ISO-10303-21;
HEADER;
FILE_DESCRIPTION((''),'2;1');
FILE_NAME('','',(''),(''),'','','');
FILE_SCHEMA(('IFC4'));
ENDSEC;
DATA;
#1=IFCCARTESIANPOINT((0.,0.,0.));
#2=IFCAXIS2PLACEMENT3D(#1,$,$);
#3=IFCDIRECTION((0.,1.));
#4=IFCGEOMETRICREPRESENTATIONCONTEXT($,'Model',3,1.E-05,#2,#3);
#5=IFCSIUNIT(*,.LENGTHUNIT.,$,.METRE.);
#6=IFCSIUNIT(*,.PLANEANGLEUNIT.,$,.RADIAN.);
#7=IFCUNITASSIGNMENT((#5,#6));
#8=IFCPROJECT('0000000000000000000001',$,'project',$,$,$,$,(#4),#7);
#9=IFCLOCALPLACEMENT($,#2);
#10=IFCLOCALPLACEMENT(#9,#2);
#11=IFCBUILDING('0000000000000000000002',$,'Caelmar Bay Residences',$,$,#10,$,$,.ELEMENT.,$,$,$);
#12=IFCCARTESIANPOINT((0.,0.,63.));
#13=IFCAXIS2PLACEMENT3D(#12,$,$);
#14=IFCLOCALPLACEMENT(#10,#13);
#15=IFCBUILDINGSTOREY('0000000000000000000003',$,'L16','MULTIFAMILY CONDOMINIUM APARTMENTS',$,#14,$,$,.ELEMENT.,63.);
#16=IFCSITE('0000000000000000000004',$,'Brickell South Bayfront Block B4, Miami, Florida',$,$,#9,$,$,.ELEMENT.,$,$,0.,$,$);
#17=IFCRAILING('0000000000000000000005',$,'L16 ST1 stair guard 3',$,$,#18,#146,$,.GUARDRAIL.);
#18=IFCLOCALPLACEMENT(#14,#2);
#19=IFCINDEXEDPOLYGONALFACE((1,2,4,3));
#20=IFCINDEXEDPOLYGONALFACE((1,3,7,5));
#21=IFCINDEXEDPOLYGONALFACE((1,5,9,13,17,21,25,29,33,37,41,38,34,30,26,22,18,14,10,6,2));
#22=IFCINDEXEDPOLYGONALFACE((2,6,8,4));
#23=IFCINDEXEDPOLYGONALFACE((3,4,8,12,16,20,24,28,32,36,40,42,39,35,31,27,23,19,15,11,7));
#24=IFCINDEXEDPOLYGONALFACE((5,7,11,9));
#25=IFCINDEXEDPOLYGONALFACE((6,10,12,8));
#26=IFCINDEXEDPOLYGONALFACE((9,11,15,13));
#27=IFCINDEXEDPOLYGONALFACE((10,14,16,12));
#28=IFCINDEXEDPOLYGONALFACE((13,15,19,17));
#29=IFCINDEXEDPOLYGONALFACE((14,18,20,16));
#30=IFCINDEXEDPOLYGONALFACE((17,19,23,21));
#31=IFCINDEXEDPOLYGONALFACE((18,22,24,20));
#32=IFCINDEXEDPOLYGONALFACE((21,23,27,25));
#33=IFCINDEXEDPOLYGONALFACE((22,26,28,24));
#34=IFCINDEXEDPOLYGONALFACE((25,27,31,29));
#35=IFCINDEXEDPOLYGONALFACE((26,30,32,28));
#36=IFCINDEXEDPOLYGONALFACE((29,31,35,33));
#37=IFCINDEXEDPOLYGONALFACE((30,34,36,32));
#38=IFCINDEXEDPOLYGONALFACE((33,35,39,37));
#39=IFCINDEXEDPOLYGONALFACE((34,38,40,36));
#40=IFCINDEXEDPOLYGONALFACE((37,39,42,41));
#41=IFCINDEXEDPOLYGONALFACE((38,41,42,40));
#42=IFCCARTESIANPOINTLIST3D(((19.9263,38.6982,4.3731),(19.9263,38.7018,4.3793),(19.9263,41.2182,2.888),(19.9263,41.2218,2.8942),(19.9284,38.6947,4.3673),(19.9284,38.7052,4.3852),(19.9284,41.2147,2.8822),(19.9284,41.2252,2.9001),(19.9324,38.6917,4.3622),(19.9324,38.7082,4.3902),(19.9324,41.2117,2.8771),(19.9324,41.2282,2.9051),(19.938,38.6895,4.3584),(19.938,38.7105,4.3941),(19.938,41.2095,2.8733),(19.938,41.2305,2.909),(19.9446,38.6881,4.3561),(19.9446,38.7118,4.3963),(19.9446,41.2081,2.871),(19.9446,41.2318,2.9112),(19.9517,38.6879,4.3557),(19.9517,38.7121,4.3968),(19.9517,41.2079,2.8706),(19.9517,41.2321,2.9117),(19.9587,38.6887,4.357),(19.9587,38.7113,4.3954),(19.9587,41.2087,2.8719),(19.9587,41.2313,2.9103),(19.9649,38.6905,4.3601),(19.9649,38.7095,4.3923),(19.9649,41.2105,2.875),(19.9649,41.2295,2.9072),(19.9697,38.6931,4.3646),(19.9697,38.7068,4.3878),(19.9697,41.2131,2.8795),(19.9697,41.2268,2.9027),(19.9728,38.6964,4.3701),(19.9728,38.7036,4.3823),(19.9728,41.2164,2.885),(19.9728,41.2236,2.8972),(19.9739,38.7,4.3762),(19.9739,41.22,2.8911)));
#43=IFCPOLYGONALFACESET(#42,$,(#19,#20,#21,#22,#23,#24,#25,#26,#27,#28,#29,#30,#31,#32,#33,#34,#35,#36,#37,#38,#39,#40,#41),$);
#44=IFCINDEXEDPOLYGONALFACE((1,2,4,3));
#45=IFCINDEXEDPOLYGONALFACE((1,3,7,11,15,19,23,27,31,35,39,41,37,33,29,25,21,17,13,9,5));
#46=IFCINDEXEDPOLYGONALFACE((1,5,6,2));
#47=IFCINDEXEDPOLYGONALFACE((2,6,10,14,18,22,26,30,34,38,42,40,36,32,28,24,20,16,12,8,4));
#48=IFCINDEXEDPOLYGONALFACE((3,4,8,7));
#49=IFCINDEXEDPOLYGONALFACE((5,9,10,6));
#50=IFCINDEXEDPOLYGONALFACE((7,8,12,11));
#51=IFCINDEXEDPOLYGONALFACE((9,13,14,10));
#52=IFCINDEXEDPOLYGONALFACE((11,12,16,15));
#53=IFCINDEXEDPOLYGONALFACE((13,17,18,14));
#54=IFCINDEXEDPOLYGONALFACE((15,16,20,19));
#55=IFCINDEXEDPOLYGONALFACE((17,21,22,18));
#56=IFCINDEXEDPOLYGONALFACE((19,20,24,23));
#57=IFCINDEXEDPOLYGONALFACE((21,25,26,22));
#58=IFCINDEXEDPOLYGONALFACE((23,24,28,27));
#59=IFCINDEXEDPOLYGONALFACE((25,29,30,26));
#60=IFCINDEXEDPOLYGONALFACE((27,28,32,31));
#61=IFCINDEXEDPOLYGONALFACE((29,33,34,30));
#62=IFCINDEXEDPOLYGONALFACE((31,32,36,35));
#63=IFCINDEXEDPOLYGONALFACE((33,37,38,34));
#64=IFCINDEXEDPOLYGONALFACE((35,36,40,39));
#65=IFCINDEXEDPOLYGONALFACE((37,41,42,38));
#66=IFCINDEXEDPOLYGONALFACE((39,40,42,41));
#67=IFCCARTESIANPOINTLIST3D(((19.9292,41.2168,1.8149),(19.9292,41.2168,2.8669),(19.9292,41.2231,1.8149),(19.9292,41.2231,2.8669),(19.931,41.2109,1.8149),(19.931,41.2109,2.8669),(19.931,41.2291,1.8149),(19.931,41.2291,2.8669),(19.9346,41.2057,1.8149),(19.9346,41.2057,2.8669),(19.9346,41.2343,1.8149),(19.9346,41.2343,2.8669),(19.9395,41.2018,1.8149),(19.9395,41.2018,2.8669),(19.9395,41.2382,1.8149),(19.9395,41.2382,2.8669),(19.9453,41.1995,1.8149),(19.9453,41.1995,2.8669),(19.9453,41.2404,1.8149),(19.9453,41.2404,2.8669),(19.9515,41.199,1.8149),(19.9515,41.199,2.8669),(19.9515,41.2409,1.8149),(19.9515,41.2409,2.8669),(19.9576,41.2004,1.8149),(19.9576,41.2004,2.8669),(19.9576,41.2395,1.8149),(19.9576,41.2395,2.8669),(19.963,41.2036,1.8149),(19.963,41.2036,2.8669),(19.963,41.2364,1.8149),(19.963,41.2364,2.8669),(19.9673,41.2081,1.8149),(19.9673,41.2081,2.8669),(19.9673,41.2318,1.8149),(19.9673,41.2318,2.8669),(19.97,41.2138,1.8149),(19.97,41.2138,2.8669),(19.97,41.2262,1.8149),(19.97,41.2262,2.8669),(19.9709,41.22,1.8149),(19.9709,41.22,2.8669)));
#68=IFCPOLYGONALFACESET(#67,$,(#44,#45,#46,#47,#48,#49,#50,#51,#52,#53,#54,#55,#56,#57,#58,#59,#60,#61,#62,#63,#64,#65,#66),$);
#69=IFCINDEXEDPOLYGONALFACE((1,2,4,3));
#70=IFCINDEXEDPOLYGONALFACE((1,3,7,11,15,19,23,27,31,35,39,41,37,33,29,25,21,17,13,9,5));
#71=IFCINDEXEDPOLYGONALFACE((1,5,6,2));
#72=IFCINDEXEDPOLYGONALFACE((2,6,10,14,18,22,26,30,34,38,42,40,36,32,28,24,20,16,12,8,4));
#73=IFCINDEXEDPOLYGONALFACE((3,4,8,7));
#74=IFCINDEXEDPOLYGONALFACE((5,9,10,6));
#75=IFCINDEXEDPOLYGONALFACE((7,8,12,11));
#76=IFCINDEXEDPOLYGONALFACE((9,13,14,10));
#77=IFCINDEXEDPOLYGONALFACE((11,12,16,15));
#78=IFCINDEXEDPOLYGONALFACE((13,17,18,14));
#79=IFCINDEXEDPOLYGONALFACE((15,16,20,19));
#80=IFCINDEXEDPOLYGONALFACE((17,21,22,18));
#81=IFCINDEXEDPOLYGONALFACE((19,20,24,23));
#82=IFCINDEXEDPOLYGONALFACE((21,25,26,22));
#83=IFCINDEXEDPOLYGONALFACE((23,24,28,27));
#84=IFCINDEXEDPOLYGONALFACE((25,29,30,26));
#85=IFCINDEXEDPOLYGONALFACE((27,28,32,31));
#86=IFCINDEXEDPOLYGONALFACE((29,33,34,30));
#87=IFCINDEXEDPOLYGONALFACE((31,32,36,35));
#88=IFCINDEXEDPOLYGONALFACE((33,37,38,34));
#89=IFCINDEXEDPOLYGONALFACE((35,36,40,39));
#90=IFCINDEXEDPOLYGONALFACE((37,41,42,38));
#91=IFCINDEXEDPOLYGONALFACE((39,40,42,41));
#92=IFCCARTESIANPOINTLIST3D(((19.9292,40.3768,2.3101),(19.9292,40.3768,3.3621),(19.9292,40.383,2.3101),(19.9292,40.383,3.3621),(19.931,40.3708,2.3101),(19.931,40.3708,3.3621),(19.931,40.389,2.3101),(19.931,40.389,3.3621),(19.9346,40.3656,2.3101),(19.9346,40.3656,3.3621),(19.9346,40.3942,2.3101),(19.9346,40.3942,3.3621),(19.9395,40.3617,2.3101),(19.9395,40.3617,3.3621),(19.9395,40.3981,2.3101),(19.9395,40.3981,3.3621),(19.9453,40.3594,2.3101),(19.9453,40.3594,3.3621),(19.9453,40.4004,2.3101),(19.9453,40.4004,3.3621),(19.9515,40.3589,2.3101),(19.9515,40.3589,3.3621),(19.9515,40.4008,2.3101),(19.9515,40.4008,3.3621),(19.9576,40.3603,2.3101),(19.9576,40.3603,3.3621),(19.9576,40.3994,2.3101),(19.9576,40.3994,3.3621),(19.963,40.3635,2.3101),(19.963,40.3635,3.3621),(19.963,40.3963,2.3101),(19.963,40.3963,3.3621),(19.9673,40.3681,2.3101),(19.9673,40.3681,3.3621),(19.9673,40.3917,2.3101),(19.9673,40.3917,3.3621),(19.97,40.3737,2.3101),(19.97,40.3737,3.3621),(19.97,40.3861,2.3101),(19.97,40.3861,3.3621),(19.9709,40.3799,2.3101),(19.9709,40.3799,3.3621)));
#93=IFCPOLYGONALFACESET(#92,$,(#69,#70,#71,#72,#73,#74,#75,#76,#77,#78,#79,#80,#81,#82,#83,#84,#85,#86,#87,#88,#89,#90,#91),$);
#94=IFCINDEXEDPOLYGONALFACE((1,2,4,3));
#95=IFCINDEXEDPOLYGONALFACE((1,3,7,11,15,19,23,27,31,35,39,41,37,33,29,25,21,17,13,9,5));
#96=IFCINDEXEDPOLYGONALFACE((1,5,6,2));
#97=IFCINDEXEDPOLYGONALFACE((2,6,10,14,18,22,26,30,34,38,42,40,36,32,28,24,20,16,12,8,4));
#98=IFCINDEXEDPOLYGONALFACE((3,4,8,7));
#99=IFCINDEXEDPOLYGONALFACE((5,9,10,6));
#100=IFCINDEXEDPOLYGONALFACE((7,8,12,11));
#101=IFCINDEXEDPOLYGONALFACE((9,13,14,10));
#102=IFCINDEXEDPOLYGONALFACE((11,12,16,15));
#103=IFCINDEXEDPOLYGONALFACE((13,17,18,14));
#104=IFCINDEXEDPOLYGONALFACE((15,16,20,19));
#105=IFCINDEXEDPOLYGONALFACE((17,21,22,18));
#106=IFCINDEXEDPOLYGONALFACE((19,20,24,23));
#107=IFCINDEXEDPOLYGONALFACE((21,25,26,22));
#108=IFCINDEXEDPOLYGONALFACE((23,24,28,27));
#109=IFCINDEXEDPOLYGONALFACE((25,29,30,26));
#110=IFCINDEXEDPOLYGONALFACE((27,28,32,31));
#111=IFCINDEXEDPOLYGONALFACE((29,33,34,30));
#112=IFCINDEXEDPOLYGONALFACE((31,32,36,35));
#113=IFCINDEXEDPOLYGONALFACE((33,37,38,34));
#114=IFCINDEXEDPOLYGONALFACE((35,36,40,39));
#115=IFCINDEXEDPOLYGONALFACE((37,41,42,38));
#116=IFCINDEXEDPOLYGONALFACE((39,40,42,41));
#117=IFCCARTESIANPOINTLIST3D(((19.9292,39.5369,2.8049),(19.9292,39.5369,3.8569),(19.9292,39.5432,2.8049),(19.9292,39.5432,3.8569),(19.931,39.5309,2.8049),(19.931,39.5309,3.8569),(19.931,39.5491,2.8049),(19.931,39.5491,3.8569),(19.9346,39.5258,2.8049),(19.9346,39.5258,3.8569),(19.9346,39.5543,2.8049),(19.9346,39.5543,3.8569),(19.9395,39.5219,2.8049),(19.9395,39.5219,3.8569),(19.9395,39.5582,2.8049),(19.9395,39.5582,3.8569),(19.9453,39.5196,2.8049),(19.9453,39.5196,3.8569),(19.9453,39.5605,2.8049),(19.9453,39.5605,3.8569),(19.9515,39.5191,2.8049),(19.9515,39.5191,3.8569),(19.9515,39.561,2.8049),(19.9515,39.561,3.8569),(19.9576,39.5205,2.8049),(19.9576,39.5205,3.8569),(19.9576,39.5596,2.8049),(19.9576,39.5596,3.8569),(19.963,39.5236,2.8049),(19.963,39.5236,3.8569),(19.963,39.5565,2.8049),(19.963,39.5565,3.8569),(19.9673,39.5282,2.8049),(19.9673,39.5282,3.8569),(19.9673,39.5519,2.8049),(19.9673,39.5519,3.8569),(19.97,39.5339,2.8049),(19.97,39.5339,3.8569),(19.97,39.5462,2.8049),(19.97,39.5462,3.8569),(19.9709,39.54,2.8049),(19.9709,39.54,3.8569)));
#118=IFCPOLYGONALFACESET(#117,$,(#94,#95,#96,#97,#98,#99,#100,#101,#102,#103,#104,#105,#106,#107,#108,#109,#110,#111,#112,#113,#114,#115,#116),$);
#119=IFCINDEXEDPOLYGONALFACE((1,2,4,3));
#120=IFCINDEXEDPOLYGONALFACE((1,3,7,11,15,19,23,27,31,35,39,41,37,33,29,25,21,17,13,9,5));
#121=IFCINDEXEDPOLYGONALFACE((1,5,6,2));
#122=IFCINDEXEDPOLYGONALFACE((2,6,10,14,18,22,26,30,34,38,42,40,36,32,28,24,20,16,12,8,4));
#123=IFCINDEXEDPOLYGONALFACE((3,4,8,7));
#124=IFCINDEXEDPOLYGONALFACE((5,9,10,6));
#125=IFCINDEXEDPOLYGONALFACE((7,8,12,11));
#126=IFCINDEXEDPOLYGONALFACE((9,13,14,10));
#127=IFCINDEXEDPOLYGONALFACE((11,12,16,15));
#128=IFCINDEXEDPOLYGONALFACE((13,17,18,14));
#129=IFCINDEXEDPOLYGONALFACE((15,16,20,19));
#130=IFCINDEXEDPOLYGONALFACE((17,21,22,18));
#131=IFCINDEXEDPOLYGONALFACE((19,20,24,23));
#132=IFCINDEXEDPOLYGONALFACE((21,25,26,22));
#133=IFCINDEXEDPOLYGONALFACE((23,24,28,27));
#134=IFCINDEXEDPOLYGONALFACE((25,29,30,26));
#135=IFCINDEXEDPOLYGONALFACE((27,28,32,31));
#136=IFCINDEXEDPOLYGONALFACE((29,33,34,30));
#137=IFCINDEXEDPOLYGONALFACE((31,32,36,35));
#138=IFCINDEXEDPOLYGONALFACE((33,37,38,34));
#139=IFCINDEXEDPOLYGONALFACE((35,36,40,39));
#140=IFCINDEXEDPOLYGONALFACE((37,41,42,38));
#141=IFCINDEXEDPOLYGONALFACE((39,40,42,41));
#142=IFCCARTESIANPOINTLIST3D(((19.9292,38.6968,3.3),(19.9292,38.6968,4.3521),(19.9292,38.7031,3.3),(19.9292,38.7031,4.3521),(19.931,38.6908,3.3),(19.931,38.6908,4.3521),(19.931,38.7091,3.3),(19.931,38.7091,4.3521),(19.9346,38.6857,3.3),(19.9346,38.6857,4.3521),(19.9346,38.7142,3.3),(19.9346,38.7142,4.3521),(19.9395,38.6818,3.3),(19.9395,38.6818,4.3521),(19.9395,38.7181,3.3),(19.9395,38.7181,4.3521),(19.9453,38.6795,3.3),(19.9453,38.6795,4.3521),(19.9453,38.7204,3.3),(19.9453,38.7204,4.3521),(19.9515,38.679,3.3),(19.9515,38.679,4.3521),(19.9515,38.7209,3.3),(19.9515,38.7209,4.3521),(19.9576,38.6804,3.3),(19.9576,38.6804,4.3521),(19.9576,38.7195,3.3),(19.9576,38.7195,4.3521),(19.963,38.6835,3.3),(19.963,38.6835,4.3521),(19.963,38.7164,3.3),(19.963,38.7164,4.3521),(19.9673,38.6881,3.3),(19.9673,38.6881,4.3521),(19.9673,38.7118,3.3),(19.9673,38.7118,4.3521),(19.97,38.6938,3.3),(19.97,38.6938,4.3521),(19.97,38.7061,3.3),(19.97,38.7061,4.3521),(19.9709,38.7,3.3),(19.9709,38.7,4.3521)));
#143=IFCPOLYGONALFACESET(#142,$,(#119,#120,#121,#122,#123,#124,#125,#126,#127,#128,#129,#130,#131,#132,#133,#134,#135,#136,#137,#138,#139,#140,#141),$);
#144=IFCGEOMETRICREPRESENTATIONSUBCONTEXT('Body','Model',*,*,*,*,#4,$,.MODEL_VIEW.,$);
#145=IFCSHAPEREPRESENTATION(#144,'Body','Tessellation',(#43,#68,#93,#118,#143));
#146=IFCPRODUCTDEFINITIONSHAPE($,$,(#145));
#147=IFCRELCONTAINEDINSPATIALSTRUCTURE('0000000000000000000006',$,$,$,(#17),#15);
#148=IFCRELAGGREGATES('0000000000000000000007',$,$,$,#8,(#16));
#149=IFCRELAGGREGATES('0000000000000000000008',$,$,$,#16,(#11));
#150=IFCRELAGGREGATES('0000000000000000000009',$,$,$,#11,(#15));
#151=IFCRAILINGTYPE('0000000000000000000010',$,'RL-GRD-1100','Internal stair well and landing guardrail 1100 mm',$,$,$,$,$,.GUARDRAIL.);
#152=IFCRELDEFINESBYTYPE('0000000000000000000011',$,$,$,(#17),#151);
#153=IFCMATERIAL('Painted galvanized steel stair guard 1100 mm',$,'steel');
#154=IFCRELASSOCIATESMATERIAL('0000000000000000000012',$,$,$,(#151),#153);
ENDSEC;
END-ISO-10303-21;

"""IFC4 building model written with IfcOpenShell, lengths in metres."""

from ifc_helpers import new_model, si_unit, direction, frame, origin, origin_2d, place, context, subcontext, project, spatial, circle, extrude, material, type_object, element, save


model = new_model("IFC4")

# Units and contexts
model_context = context("Model", 3, precision=1e-05, world=origin(), true_north=direction((0.0, 1.0)))
body_context = subcontext(model_context, "Body", "Model", "MODEL_VIEW")
ifc_project = project(units=[si_unit("LENGTHUNIT", "METRE"), si_unit("PLANEANGLEUNIT", "RADIAN")], contexts=[model_context])

# Site, building, storey
site_placement = place(None, origin())
site = spatial("IfcSite", under=ifc_project, at=site_placement, Name="Brickell South Bayfront Block B4, Miami, Florida", CompositionType="ELEMENT", RefElevation=0.0)
building_placement = place(site_placement, origin())
building = spatial("IfcBuilding", under=site, at=building_placement, Name="Caelmar Bay Residences", CompositionType="ELEMENT")
storey_placement = place(building_placement, frame((0.0, 0.0, 63.0)))
storey = spatial("IfcBuildingStorey", under=building, at=storey_placement, Name="L16", Description="MULTIFAMILY CONDOMINIUM APARTMENTS", CompositionType="ELEMENT", Elevation=63.0)

# Railing
ifc_material_1 = material(Name="Painted galvanized steel stair guard 1100 mm", Category="steel")
railing_type_1 = type_object("IfcRailingType", Name="RL-GRD-1100", Description="Internal stair well and landing guardrail 1100 mm", PredefinedType="GUARDRAIL", material=ifc_material_1)
railing_1_placement = place(storey_placement, frame((19.95, 41.22, 1.8149)))
element("IfcRailing", 1, at=railing_1_placement, inside=storey, type_object=railing_type_1, Name="L16 ST1 stair guard 3", PredefinedType="GUARDRAIL", context=body_context, shape_type="SweptSolid", body=[
    extrude(circle(Radius=0.0239, at=origin_2d()), frame((0.0, 0.0, 1.0762), z_axis=(0.0, -0.861524, 0.507717), x_axis=(1.0, 0.0, 0.0)), (0.0, 0.0, 1.0), 2.925),
    extrude(circle(Radius=0.021, at=origin_2d()), origin(), (0.0, 0.0, 1.0), 1.052),
    extrude(circle(Radius=0.021, at=origin_2d()), frame((0.0, -0.8401, 0.4951)), (0.0, 0.0, 1.0), 1.052),
    extrude(circle(Radius=0.021, at=origin_2d()), frame((0.0, -1.6799, 0.99)), (0.0, 0.0, 1.0), 1.052),
    extrude(circle(Radius=0.021, at=origin_2d()), frame((0.0, -2.52, 1.4851)), (0.0, 0.0, 1.0), 1.052),
])

save(model, "model.ifc")
